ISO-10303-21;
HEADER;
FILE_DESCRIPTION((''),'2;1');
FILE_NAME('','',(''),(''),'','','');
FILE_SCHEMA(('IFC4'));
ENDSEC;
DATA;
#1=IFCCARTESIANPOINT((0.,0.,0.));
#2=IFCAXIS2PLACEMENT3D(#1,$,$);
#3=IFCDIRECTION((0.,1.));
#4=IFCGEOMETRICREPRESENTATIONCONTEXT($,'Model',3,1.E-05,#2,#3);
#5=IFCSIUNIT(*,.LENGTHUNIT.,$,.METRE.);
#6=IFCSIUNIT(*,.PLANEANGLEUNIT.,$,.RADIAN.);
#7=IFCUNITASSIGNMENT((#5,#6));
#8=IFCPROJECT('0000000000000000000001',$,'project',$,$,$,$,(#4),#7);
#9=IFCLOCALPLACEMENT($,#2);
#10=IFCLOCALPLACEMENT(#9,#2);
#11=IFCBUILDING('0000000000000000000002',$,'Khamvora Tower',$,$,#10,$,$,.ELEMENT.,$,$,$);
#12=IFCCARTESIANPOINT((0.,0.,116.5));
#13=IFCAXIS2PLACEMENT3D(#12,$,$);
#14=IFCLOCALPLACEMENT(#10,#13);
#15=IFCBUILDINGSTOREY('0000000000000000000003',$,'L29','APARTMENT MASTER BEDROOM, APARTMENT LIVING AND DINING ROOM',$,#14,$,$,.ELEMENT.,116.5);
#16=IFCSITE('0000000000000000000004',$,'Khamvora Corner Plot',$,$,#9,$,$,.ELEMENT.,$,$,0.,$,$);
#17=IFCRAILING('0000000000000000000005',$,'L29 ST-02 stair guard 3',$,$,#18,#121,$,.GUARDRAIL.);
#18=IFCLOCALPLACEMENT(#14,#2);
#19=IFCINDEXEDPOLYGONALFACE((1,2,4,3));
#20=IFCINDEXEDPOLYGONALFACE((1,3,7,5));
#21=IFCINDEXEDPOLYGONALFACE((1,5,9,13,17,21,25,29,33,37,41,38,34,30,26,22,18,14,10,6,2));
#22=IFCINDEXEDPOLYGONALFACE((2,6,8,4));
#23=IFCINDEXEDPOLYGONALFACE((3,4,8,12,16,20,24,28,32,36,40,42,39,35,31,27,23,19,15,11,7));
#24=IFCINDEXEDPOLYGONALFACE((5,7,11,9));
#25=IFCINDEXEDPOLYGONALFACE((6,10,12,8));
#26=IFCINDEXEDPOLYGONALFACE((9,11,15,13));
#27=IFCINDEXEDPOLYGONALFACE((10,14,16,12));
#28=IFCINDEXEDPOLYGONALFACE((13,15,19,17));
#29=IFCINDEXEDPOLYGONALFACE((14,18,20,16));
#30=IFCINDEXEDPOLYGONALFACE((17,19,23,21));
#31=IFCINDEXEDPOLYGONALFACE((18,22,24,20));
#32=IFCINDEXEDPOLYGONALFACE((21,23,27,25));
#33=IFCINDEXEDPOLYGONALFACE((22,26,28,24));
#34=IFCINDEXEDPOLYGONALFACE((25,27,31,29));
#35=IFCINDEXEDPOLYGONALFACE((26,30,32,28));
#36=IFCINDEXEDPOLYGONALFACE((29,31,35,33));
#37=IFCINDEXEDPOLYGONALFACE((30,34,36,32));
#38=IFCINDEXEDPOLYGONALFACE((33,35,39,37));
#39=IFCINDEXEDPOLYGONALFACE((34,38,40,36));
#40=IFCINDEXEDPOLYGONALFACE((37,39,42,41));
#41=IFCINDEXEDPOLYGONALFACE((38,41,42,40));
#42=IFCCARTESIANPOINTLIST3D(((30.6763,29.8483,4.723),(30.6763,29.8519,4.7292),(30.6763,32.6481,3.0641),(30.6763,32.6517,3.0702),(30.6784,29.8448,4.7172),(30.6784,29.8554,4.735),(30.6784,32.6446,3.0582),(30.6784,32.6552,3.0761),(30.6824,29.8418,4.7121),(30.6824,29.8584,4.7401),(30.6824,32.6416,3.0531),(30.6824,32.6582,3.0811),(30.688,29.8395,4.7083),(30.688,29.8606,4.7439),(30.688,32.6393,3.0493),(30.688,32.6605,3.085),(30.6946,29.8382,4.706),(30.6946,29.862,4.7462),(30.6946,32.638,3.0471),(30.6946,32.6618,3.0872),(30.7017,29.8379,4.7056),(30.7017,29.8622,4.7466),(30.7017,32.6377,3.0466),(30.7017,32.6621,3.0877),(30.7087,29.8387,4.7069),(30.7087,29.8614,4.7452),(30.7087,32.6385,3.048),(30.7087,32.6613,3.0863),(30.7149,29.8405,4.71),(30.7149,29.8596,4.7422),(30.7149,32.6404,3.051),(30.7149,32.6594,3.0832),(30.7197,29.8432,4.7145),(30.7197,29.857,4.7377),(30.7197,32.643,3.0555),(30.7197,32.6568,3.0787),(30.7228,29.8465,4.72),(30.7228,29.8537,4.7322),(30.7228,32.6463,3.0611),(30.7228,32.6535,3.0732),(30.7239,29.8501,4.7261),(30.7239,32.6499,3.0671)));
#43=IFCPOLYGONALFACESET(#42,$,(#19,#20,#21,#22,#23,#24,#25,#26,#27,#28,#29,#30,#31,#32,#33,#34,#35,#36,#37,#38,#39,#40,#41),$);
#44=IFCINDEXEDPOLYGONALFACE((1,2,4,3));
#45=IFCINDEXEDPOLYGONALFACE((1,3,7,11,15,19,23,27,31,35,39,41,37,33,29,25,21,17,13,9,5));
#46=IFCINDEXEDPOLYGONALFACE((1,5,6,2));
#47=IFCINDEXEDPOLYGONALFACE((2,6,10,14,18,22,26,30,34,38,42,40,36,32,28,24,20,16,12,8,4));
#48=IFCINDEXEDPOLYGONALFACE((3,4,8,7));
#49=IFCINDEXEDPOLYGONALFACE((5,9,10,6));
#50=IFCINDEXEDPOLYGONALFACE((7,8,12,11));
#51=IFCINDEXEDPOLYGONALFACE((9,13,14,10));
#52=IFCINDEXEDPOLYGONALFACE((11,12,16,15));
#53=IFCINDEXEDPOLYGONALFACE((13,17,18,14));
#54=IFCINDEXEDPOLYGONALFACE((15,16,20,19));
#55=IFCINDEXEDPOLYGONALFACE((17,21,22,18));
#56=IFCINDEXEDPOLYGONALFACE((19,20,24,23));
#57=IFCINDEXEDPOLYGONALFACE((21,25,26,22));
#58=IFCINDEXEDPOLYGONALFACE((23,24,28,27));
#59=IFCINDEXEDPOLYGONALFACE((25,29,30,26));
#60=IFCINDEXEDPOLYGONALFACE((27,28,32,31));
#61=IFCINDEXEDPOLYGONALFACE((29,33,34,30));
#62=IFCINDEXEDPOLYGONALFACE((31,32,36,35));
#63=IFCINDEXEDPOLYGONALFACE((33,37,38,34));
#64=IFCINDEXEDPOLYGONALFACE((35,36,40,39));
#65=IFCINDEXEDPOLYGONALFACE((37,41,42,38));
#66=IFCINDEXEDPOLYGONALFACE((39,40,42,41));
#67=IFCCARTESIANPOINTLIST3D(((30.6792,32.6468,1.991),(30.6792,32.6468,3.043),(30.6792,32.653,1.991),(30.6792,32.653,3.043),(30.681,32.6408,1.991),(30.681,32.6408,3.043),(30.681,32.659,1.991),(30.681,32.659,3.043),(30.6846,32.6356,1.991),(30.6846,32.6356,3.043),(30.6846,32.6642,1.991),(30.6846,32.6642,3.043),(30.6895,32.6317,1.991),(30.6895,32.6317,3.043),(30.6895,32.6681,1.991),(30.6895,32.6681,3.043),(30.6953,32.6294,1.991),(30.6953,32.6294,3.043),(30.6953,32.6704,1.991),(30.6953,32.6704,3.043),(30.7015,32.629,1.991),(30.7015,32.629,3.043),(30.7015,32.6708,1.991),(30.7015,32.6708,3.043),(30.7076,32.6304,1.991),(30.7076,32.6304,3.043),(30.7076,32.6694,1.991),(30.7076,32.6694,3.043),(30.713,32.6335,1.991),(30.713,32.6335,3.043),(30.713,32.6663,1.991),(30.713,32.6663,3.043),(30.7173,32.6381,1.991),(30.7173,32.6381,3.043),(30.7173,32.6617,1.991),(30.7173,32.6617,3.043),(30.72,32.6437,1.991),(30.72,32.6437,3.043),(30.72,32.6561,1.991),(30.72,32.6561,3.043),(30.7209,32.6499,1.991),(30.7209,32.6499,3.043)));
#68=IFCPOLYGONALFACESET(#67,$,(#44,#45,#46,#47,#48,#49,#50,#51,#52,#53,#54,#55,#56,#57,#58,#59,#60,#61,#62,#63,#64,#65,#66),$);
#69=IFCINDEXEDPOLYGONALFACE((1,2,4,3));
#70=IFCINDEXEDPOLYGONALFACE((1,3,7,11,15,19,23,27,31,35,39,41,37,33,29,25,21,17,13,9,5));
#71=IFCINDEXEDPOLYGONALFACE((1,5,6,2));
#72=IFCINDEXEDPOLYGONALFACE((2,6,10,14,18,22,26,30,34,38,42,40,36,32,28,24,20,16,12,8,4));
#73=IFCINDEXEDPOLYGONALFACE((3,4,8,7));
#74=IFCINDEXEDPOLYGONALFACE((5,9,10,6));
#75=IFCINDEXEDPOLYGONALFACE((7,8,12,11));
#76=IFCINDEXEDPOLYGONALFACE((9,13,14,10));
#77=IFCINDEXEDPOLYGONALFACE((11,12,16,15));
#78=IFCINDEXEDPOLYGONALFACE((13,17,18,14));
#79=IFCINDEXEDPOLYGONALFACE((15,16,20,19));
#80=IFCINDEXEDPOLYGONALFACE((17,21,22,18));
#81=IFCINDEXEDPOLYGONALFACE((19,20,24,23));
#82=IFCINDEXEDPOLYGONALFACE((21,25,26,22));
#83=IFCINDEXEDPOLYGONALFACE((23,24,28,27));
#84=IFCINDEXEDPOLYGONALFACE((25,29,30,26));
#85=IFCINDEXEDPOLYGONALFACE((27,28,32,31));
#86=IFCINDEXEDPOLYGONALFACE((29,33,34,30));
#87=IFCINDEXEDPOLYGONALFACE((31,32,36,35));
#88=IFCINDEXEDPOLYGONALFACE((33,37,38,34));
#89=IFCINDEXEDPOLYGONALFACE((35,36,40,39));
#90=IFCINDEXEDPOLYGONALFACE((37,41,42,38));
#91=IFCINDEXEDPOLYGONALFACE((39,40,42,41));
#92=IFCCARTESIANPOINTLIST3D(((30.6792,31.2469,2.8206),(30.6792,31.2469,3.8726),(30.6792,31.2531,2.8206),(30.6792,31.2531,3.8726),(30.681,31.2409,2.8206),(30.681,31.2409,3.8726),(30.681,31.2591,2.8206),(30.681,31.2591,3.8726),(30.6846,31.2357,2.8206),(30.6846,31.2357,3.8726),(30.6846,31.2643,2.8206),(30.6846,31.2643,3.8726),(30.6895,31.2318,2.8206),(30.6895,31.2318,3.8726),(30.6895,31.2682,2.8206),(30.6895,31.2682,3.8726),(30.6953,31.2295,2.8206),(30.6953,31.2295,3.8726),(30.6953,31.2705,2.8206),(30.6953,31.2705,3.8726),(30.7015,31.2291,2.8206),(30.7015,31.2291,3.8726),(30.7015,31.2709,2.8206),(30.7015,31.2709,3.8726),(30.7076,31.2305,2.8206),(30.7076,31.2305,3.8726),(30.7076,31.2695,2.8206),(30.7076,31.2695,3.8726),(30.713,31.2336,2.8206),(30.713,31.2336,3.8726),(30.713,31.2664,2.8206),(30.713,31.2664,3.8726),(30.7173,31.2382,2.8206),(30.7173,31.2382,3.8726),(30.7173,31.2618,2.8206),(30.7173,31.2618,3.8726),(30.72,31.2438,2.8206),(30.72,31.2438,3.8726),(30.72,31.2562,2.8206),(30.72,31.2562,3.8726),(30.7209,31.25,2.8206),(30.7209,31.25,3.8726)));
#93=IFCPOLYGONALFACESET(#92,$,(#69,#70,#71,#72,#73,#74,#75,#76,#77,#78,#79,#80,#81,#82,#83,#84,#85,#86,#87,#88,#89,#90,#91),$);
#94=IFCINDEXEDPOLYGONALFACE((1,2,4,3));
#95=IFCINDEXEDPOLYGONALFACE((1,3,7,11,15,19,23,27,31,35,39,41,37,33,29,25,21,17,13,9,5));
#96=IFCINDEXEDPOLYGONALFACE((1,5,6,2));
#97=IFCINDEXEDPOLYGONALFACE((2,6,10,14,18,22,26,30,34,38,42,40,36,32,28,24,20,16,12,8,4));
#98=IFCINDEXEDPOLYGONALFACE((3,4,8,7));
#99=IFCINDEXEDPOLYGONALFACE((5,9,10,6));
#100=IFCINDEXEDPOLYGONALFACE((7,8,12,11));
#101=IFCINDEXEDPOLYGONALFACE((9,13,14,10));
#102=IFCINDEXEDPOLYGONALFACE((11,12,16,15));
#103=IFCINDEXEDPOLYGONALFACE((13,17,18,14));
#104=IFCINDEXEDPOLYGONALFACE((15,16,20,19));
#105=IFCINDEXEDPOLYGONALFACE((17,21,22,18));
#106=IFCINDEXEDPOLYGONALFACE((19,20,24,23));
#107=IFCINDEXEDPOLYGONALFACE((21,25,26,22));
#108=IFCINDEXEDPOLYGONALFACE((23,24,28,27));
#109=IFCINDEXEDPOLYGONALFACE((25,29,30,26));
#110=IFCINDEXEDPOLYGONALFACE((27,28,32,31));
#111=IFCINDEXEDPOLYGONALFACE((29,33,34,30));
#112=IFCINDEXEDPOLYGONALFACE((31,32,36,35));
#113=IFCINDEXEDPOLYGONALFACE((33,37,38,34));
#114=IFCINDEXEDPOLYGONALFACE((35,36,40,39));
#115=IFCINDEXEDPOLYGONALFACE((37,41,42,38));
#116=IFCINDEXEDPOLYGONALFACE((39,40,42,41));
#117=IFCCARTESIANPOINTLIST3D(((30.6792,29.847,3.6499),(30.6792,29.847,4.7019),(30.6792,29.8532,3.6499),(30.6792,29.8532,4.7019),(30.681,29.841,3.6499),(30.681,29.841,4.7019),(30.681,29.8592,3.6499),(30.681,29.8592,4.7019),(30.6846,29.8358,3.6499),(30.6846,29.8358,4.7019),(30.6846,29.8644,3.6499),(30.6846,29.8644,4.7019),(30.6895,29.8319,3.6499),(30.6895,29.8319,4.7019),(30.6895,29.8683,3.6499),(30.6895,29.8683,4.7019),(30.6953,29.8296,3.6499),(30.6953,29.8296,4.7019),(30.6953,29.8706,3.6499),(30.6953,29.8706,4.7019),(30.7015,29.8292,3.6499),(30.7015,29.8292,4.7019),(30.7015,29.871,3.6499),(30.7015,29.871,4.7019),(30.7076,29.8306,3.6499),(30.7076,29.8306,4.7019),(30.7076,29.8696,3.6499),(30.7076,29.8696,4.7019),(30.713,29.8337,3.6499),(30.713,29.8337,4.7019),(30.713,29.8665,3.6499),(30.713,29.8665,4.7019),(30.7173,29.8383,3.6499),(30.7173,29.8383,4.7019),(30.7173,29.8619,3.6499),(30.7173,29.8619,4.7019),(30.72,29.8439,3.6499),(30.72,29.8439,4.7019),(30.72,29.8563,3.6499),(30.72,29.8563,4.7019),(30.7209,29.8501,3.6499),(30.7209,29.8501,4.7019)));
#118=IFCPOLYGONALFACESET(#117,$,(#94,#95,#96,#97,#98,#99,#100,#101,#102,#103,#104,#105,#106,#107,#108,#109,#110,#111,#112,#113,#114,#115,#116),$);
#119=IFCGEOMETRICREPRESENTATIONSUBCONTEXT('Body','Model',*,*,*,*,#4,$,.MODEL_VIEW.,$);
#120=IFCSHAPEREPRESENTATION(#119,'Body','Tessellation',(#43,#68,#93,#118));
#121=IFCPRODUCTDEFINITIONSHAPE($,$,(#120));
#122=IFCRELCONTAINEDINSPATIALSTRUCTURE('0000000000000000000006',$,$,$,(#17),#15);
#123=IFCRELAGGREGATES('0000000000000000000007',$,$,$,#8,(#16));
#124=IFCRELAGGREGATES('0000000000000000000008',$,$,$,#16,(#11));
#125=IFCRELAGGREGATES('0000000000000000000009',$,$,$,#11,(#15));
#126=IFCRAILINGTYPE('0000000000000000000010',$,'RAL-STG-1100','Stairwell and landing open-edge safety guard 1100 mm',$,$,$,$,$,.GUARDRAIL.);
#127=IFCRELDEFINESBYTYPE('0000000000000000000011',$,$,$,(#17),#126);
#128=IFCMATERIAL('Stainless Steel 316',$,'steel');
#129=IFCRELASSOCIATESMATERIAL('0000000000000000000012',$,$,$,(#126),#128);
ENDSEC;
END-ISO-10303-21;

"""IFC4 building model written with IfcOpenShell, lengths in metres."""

from ifc_helpers import new_model, si_unit, direction, frame, origin, origin_2d, place, context, subcontext, project, spatial, circle, extrude, material, type_object, element, save


model = new_model("IFC4")

# Units and contexts
model_context = context("Model", 3, precision=1e-05, world=origin(), true_north=direction((0.0, 1.0)))
body_context = subcontext(model_context, "Body", "Model", "MODEL_VIEW")
ifc_project = project(units=[si_unit("LENGTHUNIT", "METRE"), si_unit("PLANEANGLEUNIT", "RADIAN")], contexts=[model_context])

# Site, building, storey
site_placement = place(None, origin())
site = spatial("IfcSite", under=ifc_project, at=site_placement, Name="Khamvora Corner Plot", CompositionType="ELEMENT", RefElevation=0.0)
building_placement = place(site_placement, origin())
building = spatial("IfcBuilding", under=site, at=building_placement, Name="Khamvora Tower", CompositionType="ELEMENT")
storey_placement = place(building_placement, frame((0.0, 0.0, 116.5)))
storey = spatial("IfcBuildingStorey", under=building, at=storey_placement, Name="L29", Description="APARTMENT MASTER BEDROOM, APARTMENT LIVING AND DINING ROOM", CompositionType="ELEMENT", Elevation=116.5)

# Railing
ifc_material_1 = material(Name="Stainless Steel 316", Category="steel")
railing_type_1 = type_object("IfcRailingType", Name="RAL-STG-1100", Description="Stairwell and landing open-edge safety guard 1100 mm", PredefinedType="GUARDRAIL", material=ifc_material_1)
railing_1_placement = place(storey_placement, frame((30.7, 32.6499, 1.991)))
element("IfcRailing", 1, at=railing_1_placement, inside=storey, type_object=railing_type_1, Name="L29 ST-02 stair guard 3", PredefinedType="GUARDRAIL", context=body_context, shape_type="SweptSolid", body=[
    extrude(circle(Radius=0.0239, at=origin_2d()), frame((0.0, 0.0, 1.0762), z_axis=(0.0, -0.86032, 0.509755), x_axis=(1.0, 0.0, 0.0)), (0.0, 0.0, 1.0), 3.2544),
    extrude(circle(Radius=0.021, at=origin_2d()), origin(), (0.0, 0.0, 1.0), 1.052),
    extrude(circle(Radius=0.021, at=origin_2d()), frame((0.0, -1.3999, 0.8296)), (0.0, 0.0, 1.0), 1.052),
    extrude(circle(Radius=0.021, at=origin_2d()), frame((0.0, -2.7998, 1.6589)), (0.0, 0.0, 1.0), 1.052),
])

save(model, "model.ifc")
